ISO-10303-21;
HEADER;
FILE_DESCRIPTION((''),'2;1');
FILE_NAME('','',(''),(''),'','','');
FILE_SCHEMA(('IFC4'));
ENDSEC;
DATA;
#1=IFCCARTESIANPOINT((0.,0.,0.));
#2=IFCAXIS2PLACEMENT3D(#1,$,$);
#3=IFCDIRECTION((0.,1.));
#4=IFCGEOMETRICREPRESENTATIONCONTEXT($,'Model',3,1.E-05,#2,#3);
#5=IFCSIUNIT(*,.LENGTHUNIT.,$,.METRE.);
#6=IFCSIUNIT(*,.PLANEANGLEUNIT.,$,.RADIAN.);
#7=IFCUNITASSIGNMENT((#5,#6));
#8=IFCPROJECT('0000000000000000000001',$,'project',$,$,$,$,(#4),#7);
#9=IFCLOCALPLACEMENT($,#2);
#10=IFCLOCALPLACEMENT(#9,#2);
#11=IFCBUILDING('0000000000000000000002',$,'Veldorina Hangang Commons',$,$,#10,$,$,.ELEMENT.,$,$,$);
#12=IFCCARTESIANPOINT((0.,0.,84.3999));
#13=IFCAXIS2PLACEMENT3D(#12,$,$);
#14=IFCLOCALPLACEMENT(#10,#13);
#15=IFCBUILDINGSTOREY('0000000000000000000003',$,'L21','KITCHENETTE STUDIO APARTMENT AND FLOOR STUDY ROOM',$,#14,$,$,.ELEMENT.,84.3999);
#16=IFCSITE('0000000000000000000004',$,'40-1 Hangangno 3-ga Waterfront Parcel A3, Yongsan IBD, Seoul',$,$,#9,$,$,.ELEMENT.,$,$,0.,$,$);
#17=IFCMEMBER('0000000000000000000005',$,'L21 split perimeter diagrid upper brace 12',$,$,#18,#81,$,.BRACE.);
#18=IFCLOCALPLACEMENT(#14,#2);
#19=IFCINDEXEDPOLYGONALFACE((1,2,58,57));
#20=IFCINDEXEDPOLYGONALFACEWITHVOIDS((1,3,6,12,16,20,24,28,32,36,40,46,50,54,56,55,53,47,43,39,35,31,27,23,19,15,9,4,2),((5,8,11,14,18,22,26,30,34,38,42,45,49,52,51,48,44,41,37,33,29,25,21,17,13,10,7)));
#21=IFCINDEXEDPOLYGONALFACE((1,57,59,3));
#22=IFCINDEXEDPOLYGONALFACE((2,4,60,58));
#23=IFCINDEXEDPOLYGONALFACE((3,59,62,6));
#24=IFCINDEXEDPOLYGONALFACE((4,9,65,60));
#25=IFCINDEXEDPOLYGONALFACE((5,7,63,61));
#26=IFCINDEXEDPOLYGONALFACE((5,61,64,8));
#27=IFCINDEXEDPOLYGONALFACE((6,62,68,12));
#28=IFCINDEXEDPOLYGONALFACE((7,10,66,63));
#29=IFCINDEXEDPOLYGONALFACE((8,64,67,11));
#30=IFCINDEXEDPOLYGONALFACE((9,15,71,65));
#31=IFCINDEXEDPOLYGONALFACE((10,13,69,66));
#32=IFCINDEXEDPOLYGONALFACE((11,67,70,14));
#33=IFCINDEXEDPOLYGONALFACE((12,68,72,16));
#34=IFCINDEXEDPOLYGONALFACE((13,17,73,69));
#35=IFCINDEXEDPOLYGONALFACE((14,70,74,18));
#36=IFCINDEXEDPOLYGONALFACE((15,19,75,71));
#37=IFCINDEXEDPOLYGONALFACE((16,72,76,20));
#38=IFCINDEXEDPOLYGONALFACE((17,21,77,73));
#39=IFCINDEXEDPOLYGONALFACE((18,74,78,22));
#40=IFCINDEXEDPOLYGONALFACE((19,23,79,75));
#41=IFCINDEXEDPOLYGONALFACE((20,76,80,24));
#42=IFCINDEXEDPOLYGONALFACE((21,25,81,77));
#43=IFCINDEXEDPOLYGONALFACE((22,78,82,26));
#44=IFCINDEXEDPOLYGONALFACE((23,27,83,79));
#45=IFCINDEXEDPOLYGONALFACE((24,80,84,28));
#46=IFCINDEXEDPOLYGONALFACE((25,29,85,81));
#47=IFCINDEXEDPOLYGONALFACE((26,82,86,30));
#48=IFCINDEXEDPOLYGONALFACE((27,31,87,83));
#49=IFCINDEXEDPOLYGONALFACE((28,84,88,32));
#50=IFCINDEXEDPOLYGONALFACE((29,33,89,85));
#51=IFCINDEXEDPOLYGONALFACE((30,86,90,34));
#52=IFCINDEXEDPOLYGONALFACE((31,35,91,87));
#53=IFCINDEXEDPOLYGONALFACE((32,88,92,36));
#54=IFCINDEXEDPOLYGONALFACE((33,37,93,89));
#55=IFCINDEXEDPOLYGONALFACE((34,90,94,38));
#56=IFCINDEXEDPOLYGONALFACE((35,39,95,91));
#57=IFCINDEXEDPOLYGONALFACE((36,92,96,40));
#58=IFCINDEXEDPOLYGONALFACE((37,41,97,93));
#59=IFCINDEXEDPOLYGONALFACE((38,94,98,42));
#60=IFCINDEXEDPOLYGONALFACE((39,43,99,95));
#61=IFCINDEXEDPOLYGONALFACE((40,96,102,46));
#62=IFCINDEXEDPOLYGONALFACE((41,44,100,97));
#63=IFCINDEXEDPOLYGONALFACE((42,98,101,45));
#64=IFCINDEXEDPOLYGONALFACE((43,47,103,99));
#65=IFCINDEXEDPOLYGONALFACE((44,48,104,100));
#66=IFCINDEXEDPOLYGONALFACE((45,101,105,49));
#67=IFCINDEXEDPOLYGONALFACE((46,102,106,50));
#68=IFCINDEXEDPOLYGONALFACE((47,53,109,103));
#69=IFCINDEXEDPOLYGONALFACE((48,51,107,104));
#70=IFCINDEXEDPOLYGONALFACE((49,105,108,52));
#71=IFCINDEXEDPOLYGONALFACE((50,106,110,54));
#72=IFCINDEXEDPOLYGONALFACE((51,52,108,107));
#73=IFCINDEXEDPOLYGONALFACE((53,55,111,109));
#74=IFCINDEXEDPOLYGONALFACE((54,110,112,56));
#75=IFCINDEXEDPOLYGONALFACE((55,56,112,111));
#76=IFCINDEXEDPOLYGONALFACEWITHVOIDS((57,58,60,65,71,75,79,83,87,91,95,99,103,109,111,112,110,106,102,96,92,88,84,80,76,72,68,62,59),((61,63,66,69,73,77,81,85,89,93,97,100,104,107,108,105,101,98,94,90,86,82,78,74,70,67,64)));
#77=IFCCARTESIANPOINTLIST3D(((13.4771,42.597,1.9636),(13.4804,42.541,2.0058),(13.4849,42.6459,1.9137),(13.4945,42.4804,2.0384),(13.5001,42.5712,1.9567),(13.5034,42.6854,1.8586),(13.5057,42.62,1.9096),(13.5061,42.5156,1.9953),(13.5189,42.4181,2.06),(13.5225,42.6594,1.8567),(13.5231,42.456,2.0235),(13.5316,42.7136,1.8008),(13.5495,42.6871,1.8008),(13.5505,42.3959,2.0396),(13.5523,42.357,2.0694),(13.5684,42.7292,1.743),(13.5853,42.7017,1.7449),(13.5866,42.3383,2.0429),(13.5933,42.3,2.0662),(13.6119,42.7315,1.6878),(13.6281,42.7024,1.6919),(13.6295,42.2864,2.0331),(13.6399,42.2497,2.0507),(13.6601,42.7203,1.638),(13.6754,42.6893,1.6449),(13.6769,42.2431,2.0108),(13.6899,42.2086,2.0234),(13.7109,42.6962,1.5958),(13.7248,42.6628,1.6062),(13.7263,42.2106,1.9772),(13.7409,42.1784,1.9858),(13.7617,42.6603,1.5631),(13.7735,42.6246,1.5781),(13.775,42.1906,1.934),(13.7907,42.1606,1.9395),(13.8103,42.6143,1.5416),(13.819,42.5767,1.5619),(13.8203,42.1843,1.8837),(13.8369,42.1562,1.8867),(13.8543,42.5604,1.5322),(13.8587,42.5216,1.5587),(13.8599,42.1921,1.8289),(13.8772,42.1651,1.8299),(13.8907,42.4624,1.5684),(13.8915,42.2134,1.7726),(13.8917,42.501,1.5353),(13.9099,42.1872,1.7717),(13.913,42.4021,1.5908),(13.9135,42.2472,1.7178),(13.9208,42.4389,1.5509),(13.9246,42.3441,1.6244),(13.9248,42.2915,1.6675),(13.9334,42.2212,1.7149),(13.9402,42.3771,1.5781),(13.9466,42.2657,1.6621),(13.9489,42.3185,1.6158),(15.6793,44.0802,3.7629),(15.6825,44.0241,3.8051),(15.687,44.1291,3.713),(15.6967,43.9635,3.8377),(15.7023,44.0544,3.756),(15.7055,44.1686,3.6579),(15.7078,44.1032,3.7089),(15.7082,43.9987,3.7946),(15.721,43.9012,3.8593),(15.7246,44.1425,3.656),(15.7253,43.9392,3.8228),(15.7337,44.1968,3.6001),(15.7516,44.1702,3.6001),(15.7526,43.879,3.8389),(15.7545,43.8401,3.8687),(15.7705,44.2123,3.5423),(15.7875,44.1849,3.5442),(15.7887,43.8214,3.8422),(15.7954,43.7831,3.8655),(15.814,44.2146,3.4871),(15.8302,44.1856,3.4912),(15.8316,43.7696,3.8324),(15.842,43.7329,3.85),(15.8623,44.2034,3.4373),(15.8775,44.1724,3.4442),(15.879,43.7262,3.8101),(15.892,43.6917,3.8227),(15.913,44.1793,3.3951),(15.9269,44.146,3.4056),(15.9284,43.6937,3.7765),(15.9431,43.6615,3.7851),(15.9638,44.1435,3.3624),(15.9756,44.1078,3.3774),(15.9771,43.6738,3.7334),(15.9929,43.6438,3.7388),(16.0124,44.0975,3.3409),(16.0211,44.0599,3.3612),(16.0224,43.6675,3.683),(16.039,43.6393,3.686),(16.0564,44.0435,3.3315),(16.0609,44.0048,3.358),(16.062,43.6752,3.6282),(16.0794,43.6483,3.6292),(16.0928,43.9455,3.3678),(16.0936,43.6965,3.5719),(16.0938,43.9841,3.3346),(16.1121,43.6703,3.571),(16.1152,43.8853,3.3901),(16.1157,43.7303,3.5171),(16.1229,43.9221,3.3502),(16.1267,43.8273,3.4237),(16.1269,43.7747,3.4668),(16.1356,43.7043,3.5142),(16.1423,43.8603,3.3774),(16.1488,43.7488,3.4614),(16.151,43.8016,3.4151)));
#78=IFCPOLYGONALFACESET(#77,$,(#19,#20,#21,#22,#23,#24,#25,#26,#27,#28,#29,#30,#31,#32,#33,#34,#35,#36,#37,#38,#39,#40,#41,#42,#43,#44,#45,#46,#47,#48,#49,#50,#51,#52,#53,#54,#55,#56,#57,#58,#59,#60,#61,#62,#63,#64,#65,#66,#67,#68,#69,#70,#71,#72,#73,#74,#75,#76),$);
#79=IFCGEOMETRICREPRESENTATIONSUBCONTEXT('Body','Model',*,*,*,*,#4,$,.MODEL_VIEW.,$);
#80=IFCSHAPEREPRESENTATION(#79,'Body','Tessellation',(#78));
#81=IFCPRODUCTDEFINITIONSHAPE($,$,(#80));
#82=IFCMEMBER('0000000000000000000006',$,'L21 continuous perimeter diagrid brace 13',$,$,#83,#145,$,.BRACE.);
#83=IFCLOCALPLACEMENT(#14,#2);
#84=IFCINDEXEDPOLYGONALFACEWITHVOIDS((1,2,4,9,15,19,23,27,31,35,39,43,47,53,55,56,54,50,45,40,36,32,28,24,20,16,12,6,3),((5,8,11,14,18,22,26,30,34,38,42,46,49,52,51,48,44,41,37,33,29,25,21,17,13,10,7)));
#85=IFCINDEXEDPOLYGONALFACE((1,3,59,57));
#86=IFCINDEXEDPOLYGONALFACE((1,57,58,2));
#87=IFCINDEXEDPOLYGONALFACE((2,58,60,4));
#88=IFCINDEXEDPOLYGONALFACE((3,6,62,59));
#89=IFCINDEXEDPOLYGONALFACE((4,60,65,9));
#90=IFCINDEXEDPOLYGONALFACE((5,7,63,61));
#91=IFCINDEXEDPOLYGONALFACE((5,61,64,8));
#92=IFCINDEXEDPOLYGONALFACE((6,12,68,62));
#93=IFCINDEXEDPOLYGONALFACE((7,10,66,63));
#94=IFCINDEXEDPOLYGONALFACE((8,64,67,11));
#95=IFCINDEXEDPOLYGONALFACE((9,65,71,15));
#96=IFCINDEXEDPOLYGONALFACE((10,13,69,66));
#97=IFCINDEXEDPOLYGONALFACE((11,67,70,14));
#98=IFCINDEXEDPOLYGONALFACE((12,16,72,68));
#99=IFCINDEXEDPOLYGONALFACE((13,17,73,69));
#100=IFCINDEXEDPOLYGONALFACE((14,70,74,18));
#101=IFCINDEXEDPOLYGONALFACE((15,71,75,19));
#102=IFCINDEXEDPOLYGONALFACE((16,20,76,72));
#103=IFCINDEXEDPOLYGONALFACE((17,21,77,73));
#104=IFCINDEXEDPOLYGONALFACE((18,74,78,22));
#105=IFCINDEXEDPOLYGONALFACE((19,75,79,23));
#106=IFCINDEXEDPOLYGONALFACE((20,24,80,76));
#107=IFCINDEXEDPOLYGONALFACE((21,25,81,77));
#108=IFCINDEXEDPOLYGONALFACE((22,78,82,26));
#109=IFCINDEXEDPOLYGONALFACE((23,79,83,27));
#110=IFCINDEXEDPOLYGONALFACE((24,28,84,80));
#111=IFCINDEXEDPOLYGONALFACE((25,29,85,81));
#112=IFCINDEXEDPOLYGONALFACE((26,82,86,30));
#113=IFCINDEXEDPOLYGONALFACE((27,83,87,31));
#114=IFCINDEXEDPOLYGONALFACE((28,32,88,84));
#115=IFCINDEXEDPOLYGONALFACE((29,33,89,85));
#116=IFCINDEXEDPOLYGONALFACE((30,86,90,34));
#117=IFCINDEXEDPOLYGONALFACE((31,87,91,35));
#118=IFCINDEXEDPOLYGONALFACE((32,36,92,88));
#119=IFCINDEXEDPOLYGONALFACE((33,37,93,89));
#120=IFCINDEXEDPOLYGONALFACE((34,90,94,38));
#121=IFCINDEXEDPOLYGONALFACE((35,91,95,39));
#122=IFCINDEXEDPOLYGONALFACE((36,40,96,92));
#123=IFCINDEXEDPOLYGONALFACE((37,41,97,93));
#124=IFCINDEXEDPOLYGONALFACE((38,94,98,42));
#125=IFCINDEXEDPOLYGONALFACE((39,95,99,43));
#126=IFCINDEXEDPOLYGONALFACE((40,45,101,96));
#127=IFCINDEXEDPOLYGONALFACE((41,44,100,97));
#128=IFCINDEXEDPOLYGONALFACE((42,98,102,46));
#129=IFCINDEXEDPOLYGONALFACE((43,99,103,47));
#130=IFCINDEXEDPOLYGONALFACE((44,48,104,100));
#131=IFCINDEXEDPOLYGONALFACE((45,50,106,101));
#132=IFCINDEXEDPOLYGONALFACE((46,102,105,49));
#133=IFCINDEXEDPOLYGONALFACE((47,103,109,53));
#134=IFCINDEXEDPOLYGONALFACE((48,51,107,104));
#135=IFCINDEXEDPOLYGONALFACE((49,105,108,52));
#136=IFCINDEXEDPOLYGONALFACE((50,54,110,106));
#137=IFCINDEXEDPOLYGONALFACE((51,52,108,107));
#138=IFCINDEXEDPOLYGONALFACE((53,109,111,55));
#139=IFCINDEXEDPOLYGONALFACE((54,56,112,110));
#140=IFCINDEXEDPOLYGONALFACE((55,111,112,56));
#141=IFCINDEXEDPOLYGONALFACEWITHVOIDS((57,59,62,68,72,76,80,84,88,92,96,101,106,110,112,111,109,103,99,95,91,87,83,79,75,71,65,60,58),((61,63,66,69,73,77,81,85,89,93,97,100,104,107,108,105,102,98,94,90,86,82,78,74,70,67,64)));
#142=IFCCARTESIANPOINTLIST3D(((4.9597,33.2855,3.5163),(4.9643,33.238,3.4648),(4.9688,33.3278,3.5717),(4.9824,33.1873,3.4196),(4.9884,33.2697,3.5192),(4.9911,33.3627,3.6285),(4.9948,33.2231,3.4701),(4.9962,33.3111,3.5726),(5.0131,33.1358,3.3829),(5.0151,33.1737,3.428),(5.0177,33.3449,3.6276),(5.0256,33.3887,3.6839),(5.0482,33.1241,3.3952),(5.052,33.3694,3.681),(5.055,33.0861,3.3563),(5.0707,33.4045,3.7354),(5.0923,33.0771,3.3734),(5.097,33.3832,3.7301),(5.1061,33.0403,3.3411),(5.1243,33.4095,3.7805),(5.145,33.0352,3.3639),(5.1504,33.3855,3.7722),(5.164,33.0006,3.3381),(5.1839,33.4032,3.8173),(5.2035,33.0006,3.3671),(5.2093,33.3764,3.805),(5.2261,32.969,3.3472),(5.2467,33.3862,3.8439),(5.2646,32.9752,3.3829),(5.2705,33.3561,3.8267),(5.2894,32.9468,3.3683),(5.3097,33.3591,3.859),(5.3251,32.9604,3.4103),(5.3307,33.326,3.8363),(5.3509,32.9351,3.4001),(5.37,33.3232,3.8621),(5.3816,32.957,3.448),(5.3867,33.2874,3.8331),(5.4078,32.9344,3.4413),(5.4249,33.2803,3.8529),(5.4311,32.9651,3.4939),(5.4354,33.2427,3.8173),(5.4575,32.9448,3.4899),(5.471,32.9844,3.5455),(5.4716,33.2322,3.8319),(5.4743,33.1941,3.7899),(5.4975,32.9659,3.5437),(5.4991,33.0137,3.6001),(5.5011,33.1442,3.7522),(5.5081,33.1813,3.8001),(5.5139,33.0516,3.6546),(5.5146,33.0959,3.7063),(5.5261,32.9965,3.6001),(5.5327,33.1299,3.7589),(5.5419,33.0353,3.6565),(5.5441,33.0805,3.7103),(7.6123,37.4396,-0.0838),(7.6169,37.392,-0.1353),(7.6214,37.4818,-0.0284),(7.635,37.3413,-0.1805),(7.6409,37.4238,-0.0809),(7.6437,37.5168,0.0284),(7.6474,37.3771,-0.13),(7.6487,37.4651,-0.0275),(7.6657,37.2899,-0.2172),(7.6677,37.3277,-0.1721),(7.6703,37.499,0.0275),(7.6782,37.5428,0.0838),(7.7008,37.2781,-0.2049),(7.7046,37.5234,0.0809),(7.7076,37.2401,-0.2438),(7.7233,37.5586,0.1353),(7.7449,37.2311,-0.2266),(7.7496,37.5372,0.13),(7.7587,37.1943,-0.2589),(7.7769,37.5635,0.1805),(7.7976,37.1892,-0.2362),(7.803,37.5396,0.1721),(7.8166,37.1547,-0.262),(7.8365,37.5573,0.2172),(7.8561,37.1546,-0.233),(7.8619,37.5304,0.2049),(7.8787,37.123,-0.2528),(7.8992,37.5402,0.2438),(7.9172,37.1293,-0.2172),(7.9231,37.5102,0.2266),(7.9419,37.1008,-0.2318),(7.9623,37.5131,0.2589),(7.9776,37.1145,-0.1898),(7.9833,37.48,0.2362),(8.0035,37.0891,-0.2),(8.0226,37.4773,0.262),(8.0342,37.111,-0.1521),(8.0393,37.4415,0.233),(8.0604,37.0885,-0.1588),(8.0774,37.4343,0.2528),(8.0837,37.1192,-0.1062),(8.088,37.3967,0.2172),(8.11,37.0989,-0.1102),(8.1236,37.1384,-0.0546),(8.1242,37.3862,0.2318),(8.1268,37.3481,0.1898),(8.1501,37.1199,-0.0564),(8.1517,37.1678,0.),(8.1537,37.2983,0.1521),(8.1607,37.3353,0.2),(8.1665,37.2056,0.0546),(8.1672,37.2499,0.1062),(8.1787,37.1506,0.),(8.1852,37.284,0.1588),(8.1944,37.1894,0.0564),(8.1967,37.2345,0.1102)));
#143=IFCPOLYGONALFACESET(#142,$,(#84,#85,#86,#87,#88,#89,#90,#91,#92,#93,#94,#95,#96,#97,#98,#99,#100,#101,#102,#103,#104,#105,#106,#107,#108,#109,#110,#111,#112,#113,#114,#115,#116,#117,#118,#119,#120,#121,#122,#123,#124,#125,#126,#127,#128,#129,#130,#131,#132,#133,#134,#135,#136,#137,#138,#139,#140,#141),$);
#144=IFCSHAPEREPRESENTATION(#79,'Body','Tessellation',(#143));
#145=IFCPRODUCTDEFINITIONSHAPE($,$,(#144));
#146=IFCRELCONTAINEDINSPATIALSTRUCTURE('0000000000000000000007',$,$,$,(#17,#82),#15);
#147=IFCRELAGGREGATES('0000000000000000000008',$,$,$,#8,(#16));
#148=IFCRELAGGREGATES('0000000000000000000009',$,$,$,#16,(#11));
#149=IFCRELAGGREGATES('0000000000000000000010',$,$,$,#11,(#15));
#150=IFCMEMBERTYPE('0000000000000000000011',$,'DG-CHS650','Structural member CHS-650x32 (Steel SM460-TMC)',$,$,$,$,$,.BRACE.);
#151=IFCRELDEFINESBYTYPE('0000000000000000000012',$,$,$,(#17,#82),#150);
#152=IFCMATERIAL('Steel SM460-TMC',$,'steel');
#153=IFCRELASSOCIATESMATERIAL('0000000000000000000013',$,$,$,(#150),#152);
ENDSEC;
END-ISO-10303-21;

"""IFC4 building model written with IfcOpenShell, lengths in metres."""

from ifc_helpers import new_model, si_unit, direction, frame, origin, origin_2d, place, context, subcontext, project, spatial, hollow_circle, extrude, material, material_profile, profile_set, type_object, element, save


model = new_model("IFC4")

# Units and contexts
model_context = context("Model", 3, precision=1e-05, world=origin(), true_north=direction((0.0, 1.0)))
body_context = subcontext(model_context, "Body", "Model", "MODEL_VIEW")
ifc_project = project(units=[si_unit("LENGTHUNIT", "METRE"), si_unit("PLANEANGLEUNIT", "RADIAN")], contexts=[model_context])

# Site, building, storey
site_placement = place(None, origin())
site = spatial("IfcSite", under=ifc_project, at=site_placement, Name="40-1 Hangangno 3-ga Waterfront Parcel A3, Yongsan IBD, Seoul", CompositionType="ELEMENT", RefElevation=0.0)
building_placement = place(site_placement, origin())
building = spatial("IfcBuilding", under=site, at=building_placement, Name="Veldorina Hangang Commons", CompositionType="ELEMENT")
storey_placement = place(building_placement, frame((0.0, 0.0, 84.3999)))
storey = spatial("IfcBuildingStorey", under=building, at=storey_placement, Name="L21", Description="KITCHENETTE STUDIO APARTMENT AND FLOOR STUDY ROOM", CompositionType="ELEMENT", Elevation=84.3999)

# Members
ifc_material_1 = material(Name="Steel SM460-TMC", Category="steel")
ifc_material_profile_1 = material_profile(ifc_material_1, hollow_circle(Radius=0.325, WallThickness=0.032, at=origin_2d()), Name="CHS-650x32")
ifc_profile_set_1 = profile_set([ifc_material_profile_1], Name="Steel SM460-TMC")
member_type = type_object("IfcMemberType", Name="DG-CHS650", Description="Structural member CHS-650x32 (Steel SM460-TMC)", PredefinedType="BRACE", material=ifc_profile_set_1)
member_1_placement = place(storey_placement, frame((13.7131, 42.4441, 1.8008), z_axis=(0.686606, 0.462431, 0.561007), x_axis=(-0.55862, 0.829424, 0.0)))
element("IfcMember", 1, at=member_1_placement, inside=storey, type_object=member_type, Name="L21 split perimeter diagrid upper brace 12", PredefinedType="BRACE", context=body_context, shape_type="SweptSolid", body=[
    extrude(hollow_circle(Radius=0.325, WallThickness=0.032, at=origin_2d()), origin(), (0.0, 0.0, 1.0), 3.2073),
])
member_2_placement = place(storey_placement, frame((7.9048, 37.3254, 0.0), z_axis=(-0.434599, -0.680598, 0.589839), x_axis=(0.842824, -0.538189, 0.0)))
element("IfcMember", 2, at=member_2_placement, inside=storey, type_object=member_type, Name="L21 continuous perimeter diagrid brace 13", PredefinedType="BRACE", context=body_context, shape_type="SweptSolid", body=[
    extrude(hollow_circle(Radius=0.325, WallThickness=0.032, at=origin_2d()), origin(), (0.0, 0.0, 1.0), 6.1035),
])

save(model, "model.ifc")
